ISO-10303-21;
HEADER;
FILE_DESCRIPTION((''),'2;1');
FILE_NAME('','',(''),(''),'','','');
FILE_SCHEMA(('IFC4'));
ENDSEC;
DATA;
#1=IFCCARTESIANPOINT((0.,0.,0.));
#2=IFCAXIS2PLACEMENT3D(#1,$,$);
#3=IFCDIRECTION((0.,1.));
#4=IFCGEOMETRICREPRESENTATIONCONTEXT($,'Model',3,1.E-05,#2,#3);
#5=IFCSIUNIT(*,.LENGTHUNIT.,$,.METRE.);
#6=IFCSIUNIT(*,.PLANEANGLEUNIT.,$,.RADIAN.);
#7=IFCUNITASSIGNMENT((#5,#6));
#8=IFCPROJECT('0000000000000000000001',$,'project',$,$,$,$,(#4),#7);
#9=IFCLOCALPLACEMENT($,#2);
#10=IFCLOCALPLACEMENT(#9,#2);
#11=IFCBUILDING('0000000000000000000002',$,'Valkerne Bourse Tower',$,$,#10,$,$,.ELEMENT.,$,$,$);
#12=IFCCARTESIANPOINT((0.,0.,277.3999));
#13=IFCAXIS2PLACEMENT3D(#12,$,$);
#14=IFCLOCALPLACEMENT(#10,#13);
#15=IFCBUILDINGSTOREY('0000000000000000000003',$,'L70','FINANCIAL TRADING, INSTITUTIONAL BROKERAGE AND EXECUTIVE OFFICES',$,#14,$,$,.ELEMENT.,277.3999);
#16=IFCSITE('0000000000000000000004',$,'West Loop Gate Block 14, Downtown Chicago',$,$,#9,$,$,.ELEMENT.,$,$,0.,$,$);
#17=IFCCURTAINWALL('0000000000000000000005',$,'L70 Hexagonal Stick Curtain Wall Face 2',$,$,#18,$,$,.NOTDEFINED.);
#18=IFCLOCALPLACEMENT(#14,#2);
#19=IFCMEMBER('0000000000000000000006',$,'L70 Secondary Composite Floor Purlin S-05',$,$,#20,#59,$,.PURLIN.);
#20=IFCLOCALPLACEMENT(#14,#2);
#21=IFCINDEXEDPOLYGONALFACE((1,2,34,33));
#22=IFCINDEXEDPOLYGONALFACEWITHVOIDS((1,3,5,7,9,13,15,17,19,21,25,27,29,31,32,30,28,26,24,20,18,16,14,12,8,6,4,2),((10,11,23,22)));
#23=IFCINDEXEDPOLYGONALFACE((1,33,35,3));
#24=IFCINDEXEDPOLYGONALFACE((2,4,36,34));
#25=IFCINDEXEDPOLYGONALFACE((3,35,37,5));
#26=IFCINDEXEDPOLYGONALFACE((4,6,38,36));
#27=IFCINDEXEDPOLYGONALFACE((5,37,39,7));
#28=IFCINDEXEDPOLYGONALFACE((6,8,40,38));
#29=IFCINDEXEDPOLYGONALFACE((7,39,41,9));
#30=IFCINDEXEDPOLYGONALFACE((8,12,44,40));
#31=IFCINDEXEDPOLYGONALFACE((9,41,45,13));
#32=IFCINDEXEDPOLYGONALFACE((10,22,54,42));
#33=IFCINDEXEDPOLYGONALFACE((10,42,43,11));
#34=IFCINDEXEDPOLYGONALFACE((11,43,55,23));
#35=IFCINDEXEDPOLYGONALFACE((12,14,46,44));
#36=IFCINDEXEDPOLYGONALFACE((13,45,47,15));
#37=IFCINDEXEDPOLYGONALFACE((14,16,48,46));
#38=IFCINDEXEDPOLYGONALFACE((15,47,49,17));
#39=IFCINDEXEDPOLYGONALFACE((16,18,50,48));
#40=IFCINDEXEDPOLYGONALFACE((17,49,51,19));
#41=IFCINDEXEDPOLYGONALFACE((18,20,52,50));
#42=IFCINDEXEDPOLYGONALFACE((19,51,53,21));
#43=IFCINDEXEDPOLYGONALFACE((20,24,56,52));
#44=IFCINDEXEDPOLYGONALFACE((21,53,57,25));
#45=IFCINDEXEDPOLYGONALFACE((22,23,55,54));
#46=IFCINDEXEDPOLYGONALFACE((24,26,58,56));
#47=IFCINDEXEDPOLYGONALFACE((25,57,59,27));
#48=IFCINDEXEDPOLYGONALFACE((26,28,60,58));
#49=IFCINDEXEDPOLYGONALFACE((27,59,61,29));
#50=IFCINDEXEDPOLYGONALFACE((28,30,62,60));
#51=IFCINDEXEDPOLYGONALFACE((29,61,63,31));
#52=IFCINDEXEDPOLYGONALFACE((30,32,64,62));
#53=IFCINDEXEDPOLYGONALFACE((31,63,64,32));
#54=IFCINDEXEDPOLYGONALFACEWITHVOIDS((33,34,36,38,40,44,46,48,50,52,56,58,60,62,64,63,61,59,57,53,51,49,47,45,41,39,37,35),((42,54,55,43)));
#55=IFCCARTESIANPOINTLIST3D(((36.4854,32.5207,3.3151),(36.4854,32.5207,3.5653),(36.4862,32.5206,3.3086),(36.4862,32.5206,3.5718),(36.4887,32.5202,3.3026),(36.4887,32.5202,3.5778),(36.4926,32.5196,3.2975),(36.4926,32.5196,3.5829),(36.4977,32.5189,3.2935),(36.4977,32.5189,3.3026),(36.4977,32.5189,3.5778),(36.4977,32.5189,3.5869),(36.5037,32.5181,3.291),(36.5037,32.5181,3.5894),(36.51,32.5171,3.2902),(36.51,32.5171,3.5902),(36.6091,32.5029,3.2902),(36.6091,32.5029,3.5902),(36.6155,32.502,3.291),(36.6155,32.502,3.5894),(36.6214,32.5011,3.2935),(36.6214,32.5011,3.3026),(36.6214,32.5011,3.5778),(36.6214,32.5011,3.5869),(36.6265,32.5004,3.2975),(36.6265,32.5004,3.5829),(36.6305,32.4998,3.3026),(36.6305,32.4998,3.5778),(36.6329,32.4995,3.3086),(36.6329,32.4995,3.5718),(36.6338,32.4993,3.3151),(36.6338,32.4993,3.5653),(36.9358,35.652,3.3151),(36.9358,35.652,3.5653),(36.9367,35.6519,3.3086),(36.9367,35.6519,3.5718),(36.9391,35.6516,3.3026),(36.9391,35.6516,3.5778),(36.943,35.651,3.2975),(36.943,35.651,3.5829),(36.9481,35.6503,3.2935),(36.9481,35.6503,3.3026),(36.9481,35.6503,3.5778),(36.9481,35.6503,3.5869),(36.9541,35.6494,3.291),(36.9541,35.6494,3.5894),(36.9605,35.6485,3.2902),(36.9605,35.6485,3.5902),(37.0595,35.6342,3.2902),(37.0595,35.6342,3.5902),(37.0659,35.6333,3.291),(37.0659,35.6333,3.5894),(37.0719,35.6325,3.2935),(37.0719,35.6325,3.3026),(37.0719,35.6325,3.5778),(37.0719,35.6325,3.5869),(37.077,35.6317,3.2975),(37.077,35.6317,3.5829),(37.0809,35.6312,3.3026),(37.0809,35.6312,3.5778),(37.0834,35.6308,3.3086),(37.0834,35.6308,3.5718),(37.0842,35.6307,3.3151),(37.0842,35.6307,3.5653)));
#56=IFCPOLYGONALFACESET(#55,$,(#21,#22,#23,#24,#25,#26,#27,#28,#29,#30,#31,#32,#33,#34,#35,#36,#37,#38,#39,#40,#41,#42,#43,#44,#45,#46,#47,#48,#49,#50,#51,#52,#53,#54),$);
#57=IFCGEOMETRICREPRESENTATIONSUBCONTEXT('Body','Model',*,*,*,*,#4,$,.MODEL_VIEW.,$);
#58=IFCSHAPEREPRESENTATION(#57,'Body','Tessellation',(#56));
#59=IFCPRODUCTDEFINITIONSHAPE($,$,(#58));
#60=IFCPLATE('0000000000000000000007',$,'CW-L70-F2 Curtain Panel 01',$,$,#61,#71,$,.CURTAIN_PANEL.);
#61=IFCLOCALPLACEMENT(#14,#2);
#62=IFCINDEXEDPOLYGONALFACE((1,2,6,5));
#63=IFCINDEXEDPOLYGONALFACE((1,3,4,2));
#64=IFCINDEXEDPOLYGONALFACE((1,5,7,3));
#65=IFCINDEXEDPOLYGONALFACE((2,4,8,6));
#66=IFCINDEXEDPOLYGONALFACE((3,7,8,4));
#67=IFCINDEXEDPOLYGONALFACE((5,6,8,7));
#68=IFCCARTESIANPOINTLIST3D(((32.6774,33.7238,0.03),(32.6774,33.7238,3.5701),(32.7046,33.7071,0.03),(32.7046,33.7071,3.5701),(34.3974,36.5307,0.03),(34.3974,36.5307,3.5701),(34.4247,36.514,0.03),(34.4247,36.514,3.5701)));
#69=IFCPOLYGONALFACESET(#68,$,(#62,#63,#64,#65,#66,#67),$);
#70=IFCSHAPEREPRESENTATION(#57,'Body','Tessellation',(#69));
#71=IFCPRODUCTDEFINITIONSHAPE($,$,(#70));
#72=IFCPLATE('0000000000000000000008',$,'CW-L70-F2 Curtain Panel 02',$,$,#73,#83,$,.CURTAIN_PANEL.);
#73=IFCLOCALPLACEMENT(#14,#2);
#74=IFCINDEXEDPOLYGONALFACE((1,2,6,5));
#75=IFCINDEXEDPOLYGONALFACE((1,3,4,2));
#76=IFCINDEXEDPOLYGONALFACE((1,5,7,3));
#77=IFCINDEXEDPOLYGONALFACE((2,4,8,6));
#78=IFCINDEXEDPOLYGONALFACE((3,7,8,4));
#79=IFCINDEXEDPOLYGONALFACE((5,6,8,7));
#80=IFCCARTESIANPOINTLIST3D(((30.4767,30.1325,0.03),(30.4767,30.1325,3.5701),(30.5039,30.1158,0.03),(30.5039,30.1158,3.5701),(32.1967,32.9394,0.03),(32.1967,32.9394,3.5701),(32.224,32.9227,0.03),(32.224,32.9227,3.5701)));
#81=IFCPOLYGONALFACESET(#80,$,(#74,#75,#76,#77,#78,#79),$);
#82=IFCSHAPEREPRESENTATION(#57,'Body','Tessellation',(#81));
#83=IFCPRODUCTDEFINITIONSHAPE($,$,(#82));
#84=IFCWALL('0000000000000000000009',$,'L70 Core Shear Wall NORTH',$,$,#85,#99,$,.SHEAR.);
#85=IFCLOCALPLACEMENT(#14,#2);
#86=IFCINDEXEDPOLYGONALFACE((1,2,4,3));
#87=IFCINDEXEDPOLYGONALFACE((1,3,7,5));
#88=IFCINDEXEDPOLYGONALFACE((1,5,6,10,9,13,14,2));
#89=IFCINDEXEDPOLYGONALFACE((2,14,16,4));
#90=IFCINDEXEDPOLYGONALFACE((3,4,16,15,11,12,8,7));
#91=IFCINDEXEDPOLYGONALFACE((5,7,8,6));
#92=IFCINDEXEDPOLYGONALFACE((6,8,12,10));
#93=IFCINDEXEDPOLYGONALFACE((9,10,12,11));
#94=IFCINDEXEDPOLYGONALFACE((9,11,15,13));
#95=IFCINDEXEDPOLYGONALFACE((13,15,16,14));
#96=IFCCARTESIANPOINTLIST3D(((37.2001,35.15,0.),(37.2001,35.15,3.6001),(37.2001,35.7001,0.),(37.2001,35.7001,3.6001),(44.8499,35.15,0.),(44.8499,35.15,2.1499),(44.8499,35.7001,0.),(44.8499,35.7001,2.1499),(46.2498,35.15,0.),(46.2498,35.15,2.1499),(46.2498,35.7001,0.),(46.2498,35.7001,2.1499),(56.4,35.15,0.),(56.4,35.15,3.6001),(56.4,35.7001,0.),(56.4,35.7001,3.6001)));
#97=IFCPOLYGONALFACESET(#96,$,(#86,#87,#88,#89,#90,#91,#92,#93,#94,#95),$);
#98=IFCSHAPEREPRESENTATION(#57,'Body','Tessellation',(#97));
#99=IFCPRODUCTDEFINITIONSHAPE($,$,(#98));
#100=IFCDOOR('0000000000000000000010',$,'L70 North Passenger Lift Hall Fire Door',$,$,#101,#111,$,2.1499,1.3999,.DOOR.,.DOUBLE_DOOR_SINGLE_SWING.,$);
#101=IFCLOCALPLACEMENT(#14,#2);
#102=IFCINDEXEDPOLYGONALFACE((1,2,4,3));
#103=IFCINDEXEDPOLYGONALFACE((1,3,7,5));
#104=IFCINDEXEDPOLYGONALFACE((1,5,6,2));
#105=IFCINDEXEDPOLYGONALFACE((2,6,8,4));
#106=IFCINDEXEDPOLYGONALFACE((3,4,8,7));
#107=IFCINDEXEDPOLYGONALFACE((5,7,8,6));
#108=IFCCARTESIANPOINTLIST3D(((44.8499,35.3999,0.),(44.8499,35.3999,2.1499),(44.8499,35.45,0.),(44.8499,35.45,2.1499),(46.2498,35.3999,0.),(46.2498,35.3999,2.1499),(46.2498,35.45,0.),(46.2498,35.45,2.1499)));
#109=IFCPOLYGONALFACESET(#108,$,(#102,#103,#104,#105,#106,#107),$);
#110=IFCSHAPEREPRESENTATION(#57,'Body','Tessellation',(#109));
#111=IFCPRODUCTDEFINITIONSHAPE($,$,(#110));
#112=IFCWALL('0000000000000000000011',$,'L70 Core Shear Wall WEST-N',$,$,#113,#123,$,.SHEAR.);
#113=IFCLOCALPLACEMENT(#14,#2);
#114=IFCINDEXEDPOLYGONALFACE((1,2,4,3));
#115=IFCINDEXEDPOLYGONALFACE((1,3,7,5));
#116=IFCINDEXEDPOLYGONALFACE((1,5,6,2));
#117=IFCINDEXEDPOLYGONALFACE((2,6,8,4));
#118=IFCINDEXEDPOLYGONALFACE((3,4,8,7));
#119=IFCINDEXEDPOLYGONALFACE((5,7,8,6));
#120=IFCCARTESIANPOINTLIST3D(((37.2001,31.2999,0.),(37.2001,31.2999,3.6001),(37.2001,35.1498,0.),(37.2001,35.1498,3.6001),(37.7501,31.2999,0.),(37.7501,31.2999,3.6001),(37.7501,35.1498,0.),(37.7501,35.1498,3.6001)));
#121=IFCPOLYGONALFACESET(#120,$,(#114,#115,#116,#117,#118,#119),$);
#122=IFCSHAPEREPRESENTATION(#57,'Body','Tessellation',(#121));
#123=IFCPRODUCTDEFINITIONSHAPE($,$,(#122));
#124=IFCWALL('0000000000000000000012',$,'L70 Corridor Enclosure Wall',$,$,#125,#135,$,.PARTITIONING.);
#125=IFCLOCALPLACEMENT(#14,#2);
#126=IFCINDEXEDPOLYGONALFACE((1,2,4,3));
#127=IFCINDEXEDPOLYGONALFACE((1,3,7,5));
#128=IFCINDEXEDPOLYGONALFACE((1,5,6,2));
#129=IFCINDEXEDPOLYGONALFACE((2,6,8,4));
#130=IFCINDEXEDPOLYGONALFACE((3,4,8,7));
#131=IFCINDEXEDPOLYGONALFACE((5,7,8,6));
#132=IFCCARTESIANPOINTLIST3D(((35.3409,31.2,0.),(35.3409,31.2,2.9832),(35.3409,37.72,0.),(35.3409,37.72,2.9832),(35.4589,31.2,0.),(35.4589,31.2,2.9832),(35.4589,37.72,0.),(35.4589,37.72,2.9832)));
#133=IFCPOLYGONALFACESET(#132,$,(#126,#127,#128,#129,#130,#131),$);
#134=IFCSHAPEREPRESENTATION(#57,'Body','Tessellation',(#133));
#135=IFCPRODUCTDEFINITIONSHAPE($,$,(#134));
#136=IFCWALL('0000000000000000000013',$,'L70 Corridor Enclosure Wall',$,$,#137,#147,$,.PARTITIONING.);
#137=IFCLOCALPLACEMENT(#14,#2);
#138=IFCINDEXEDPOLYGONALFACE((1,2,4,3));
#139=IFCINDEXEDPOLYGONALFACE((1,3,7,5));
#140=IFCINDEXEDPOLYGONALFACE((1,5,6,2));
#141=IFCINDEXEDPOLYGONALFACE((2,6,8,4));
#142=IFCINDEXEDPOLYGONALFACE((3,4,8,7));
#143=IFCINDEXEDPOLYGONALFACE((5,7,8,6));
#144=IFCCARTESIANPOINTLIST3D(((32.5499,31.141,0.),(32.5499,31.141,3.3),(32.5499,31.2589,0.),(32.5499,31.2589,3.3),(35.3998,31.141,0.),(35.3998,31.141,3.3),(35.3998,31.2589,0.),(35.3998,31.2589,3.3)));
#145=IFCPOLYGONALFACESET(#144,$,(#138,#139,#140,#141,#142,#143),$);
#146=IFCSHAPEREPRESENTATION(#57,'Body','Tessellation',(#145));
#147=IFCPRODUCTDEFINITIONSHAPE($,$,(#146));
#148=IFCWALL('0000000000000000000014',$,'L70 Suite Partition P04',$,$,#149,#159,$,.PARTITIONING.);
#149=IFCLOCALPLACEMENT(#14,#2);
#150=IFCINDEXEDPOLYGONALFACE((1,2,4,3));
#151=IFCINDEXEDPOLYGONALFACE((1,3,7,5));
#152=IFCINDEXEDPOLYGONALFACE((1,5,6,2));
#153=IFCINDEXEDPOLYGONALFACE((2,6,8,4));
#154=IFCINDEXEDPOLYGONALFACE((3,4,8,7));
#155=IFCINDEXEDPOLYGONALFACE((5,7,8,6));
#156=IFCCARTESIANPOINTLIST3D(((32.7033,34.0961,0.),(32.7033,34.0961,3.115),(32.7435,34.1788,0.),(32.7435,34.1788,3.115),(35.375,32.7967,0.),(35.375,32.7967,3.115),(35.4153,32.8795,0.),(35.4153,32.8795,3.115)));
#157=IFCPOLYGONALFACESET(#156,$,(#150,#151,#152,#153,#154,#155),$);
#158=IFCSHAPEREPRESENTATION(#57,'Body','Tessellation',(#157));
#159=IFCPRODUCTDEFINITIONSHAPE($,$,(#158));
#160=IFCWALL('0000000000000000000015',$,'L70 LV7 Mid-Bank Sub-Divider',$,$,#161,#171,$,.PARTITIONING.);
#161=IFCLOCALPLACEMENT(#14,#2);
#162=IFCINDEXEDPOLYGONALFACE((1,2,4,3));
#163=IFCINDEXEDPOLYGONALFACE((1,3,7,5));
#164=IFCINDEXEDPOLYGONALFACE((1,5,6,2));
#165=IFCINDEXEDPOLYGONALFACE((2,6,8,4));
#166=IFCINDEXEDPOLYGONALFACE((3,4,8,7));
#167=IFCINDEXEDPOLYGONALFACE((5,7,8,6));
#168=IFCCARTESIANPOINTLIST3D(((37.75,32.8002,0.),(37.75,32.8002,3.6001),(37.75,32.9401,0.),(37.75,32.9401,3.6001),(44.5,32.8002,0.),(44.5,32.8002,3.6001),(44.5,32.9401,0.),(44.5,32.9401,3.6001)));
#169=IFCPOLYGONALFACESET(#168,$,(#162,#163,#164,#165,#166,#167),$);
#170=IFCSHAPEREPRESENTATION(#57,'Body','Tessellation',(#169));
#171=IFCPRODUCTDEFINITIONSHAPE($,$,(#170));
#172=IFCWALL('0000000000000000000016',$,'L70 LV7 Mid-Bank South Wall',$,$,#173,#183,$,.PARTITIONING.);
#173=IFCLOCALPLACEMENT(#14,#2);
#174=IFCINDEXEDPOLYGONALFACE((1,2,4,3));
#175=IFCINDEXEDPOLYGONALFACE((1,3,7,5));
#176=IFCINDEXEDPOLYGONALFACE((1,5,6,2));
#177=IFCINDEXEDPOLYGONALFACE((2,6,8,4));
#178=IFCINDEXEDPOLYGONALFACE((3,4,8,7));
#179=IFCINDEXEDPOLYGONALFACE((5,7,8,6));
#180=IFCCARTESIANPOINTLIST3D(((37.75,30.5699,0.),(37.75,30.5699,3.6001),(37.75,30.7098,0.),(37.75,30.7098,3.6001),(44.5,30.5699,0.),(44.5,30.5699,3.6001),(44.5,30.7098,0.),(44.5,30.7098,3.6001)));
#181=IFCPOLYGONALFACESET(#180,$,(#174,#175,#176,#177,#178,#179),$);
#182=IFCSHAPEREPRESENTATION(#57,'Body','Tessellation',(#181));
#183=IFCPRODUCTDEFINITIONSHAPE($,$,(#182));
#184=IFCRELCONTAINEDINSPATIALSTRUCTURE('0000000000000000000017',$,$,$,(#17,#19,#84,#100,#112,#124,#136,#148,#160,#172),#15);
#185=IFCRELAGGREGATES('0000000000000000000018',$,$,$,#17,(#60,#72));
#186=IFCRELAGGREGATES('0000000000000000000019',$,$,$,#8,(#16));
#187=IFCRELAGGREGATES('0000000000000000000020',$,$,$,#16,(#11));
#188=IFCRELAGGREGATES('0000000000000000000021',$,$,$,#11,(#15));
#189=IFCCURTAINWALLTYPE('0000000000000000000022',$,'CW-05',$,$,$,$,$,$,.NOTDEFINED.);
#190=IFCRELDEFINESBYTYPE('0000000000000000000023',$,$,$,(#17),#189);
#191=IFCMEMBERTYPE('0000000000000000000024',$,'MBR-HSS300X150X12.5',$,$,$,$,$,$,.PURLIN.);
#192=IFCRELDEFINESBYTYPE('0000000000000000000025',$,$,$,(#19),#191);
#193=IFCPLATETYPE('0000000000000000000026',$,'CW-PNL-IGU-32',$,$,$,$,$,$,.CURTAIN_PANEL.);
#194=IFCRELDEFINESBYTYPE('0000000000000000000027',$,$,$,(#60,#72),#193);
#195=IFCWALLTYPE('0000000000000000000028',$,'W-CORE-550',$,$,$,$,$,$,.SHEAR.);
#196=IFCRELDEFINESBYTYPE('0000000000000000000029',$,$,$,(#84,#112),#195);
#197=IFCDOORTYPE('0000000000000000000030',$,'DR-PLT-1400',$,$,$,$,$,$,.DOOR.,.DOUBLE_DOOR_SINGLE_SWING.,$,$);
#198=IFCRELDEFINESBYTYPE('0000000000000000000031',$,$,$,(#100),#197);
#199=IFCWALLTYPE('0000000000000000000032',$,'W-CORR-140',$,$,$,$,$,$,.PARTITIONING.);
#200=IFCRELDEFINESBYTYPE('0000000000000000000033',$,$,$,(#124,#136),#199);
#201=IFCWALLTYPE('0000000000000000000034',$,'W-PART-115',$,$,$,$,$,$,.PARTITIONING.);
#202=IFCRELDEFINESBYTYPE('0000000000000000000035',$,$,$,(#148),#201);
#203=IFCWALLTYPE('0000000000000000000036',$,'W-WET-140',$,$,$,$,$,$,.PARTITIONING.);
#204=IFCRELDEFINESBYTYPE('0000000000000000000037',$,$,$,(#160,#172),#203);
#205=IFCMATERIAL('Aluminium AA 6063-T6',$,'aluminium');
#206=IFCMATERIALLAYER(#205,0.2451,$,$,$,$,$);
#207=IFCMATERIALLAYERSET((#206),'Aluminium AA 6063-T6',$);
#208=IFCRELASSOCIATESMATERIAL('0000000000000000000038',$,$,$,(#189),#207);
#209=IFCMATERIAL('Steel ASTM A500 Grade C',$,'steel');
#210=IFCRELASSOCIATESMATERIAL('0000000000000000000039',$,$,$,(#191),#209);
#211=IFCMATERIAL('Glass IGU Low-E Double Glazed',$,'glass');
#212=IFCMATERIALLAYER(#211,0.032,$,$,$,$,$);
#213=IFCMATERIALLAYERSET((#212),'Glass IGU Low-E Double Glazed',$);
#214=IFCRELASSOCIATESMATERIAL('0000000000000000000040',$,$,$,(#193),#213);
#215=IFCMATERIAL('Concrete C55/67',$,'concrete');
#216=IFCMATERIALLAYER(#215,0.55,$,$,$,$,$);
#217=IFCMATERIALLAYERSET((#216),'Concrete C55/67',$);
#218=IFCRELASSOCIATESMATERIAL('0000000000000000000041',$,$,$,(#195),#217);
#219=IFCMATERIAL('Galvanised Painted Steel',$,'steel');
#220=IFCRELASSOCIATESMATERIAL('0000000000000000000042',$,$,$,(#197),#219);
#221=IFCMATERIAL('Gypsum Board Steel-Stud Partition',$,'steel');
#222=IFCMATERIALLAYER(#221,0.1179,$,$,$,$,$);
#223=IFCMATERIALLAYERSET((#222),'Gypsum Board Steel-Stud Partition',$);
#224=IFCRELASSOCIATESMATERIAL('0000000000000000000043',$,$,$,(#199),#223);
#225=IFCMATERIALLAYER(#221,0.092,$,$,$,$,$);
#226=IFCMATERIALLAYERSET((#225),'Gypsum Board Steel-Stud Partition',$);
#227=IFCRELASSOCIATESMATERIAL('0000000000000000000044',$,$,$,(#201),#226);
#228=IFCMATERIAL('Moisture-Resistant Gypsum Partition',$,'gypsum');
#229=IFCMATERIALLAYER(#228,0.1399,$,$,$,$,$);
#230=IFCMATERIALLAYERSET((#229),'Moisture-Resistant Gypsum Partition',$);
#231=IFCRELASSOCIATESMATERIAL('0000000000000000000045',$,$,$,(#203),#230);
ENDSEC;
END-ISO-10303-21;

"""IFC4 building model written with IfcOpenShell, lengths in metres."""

from ifc_helpers import new_model, si_unit, direction, frame, frame_2d, origin, origin_2d, place, context, subcontext, project, spatial, rectangle, hollow_rectangle, extrude, material, layer, layer_set, material_profile, profile_set, type_object, element, fill, aggregate, save


model = new_model("IFC4")

# Units and contexts
model_context = context("Model", 3, precision=1e-05, world=origin(), true_north=direction((0.0, 1.0)))
body_context = subcontext(model_context, "Body", "Model", "MODEL_VIEW")
ifc_project = project(units=[si_unit("LENGTHUNIT", "METRE"), si_unit("PLANEANGLEUNIT", "RADIAN")], contexts=[model_context])

# Site, building, storey
site_placement = place(None, origin())
site = spatial("IfcSite", under=ifc_project, at=site_placement, Name="West Loop Gate Block 14, Downtown Chicago", CompositionType="ELEMENT", RefElevation=0.0)
building_placement = place(site_placement, origin())
building = spatial("IfcBuilding", under=site, at=building_placement, Name="Valkerne Bourse Tower", CompositionType="ELEMENT")
storey_placement = place(building_placement, frame((0.0, 0.0, 277.3999)))
storey = spatial("IfcBuildingStorey", under=building, at=storey_placement, Name="L70", Description="FINANCIAL TRADING, INSTITUTIONAL BROKERAGE AND EXECUTIVE OFFICES", CompositionType="ELEMENT", Elevation=277.3999)

# Curtain wall
ifc_material_1 = material(Name="Aluminium AA 6063-T6", Category="aluminium")
ifc_layer_1 = layer(ifc_material_1, 0.2451)
ifc_layer_set_1 = layer_set([ifc_layer_1], Name="Aluminium AA 6063-T6")
curtain_wall_type = type_object("IfcCurtainWallType", Name="CW-05", PredefinedType="NOTDEFINED", material=ifc_layer_set_1)
curtain_wall_placement = place(storey_placement, origin())
curtain_wall = element("IfcCurtainWall", 1, at=curtain_wall_placement, inside=storey, type_object=curtain_wall_type, Name="L70 Hexagonal Stick Curtain Wall Face 2", PredefinedType="NOTDEFINED")

# Member
ifc_material_2 = material(Name="Steel ASTM A500 Grade C", Category="steel")
ifc_material_profile_1 = material_profile(ifc_material_2, hollow_rectangle(XDim=0.1499, YDim=0.3, WallThickness=0.0125, OuterFilletRadius=0.0249, at=origin_2d()), Name="HSS300X150X12.5")
ifc_profile_set_1 = profile_set([ifc_material_profile_1], Name="Steel ASTM A500 Grade C")
member_type_1 = type_object("IfcMemberType", Name="MBR-HSS300X150X12.5", PredefinedType="PURLIN", material=ifc_profile_set_1)
member_1_placement = place(storey_placement, frame((37.01, 35.6414, 3.4402), z_axis=(-0.142383, -0.989812, 0.0), x_axis=(0.989812, -0.142383, 0.0)))
element("IfcMember", 2, at=member_1_placement, inside=storey, type_object=member_type_1, Name="L70 Secondary Composite Floor Purlin S-05", PredefinedType="PURLIN", context=body_context, shape_type="SweptSolid", body=[
    extrude(hollow_rectangle(XDim=0.1499, YDim=0.3, WallThickness=0.0125, OuterFilletRadius=0.0249, at=origin_2d()), origin(), (0.0, 0.0, 1.0), 3.1636),
])

# Plates
ifc_material_3 = material(Name="Glass IGU Low-E Double Glazed", Category="glass")
ifc_layer_2 = layer(ifc_material_3, 0.032)
ifc_layer_set_2 = layer_set([ifc_layer_2], Name="Glass IGU Low-E Double Glazed")
plate_type = type_object("IfcPlateType", Name="CW-PNL-IGU-32", PredefinedType="CURTAIN_PANEL", material=ifc_layer_set_2)
plate_1_placement = place(storey_placement, frame((33.551, 35.1189, 0.03), z_axis=(0.0, 0.0, 1.0), x_axis=(-0.52249, -0.852646, 0.0)))
plate_1 = element("IfcPlate", 3, at=plate_1_placement, type_object=plate_type, Name="CW-L70-F2 Curtain Panel 01", PredefinedType="CURTAIN_PANEL", context=body_context, shape_type="SweptSolid", body=[
    extrude(rectangle(XDim=3.292, YDim=0.032, at=origin_2d()), origin(), (0.0, 0.0, 1.0), 3.54),
])
plate_2_placement = place(storey_placement, frame((31.3503, 31.5276, 0.03), z_axis=(0.0, 0.0, 1.0), x_axis=(-0.522496, -0.852642, 0.0)))
plate_2 = element("IfcPlate", 4, at=plate_2_placement, type_object=plate_type, Name="CW-L70-F2 Curtain Panel 02", PredefinedType="CURTAIN_PANEL", context=body_context, shape_type="SweptSolid", body=[
    extrude(rectangle(XDim=3.292, YDim=0.032, at=origin_2d()), origin(), (0.0, 0.0, 1.0), 3.54),
])
aggregate(curtain_wall, [plate_1, plate_2])

# Wall, opening, door
ifc_material_4 = material(Name="Concrete C55/67", Category="concrete")
ifc_layer_3 = layer(ifc_material_4, 0.55)
ifc_layer_set_3 = layer_set([ifc_layer_3], Name="Concrete C55/67")
wall_type_1 = type_object("IfcWallType", Name="W-CORE-550", PredefinedType="SHEAR", material=ifc_layer_set_3)
wall_1_placement = place(storey_placement, frame((37.2, 35.425, 0.0), z_axis=(0.0, 0.0, 1.0), x_axis=(1.0, 0.0, 0.0)))
wall_1 = element("IfcWall", 5, at=wall_1_placement, inside=storey, type_object=wall_type_1, Name="L70 Core Shear Wall NORTH", PredefinedType="SHEAR", context=body_context, shape_type="SweptSolid", body=[
    extrude(rectangle(XDim=19.2, YDim=0.55, at=frame_2d((9.6001, 0.0))), origin(), (0.0, 0.0, 1.0), 3.6001),
])
opening_placement = place(wall_1_placement, frame((7.6499, 0.0, 0.0)))
opening = element("IfcOpeningElement", 6, at=opening_placement, cuts=wall_1, PredefinedType="OPENING", context=body_context, shape_type="SweptSolid", body=[
    extrude(rectangle(XDim=1.3999, YDim=2.1499, at=frame_2d((0.7, 1.075))), frame((0.0, 0.2849, 0.0), z_axis=(0.0, -1.0, 0.0), x_axis=(1.0, 0.0, 0.0)), (0.0, 0.0, 1.0), 0.5701),
])
ifc_material_5 = material(Name="Galvanised Painted Steel", Category="steel")
door_type = type_object("IfcDoorType", Name="DR-PLT-1400", OperationType="DOUBLE_DOOR_SINGLE_SWING", PredefinedType="DOOR", material=ifc_material_5)
door_placement = place(opening_placement, origin())
door = element("IfcDoor", 7, at=door_placement, inside=storey, type_object=door_type, Name="L70 North Passenger Lift Hall Fire Door", OperationType="DOUBLE_DOOR_SINGLE_SWING", OverallHeight=2.1499, OverallWidth=1.3999, PredefinedType="DOOR", context=body_context, shape_type="SweptSolid", body=[
    extrude(rectangle(XDim=1.3999, YDim=2.1499, at=frame_2d((0.7, 1.075))), frame((0.0, 0.0249, 0.0), z_axis=(0.0, -1.0, 0.0), x_axis=(1.0, 0.0, 0.0)), (0.0, 0.0, 1.0), 0.05),
])
fill(opening, door)

# Walls
wall_2_placement = place(storey_placement, frame((37.4751, 31.3, 0.0), z_axis=(0.0, 0.0, 1.0), x_axis=(0.0, 1.0, 0.0)))
element("IfcWall", 8, at=wall_2_placement, inside=storey, type_object=wall_type_1, Name="L70 Core Shear Wall WEST-N", PredefinedType="SHEAR", context=body_context, shape_type="SweptSolid", body=[
    extrude(rectangle(XDim=3.8499, YDim=0.55, at=frame_2d((1.9248, 0.0))), origin(), (0.0, 0.0, 1.0), 3.6001),
])
ifc_material_6 = material(Name="Gypsum Board Steel-Stud Partition", Category="steel")
ifc_layer_4 = layer(ifc_material_6, 0.1179)
ifc_layer_set_4 = layer_set([ifc_layer_4], Name="Gypsum Board Steel-Stud Partition")
wall_type_2 = type_object("IfcWallType", Name="W-CORR-140", PredefinedType="PARTITIONING", material=ifc_layer_set_4)
wall_3_placement = place(storey_placement, frame((35.3999, 31.2, 0.0), z_axis=(0.0, 0.0, 1.0), x_axis=(0.0, 1.0, 0.0)))
element("IfcWall", 9, at=wall_3_placement, inside=storey, type_object=wall_type_2, Name="L70 Corridor Enclosure Wall", PredefinedType="PARTITIONING", context=body_context, shape_type="SweptSolid", body=[
    extrude(rectangle(XDim=6.52, YDim=0.1179, at=frame_2d((3.26, 0.0))), origin(), (0.0, 0.0, 1.0), 2.9832),
])
wall_4_placement = place(storey_placement, frame((32.55, 31.2, 0.0), z_axis=(0.0, 0.0, 1.0), x_axis=(1.0, 0.0, 0.0)))
element("IfcWall", 10, at=wall_4_placement, inside=storey, type_object=wall_type_2, Name="L70 Corridor Enclosure Wall", PredefinedType="PARTITIONING", context=body_context, shape_type="SweptSolid", body=[
    extrude(rectangle(XDim=2.8499, YDim=0.1179, at=frame_2d((1.4248, 0.0))), origin(), (0.0, 0.0, 1.0), 3.3),
])
ifc_layer_5 = layer(ifc_material_6, 0.092)
ifc_layer_set_5 = layer_set([ifc_layer_5], Name="Gypsum Board Steel-Stud Partition")
wall_type_3 = type_object("IfcWallType", Name="W-PART-115", PredefinedType="PARTITIONING", material=ifc_layer_set_5)
wall_5_placement = place(storey_placement, frame((35.395, 32.8381, 0.0), z_axis=(0.0, 0.0, 1.0), x_axis=(-0.899288, 0.437358, 0.0)))
element("IfcWall", 11, at=wall_5_placement, inside=storey, type_object=wall_type_3, Name="L70 Suite Partition P04", PredefinedType="PARTITIONING", context=body_context, shape_type="SweptSolid", body=[
    extrude(rectangle(XDim=2.9709, YDim=0.092, at=frame_2d((1.4854, 0.0))), origin(), (0.0, 0.0, 1.0), 3.115),
])
ifc_material_7 = material(Name="Moisture-Resistant Gypsum Partition", Category="gypsum")
ifc_layer_6 = layer(ifc_material_7, 0.1399)
ifc_layer_set_6 = layer_set([ifc_layer_6], Name="Moisture-Resistant Gypsum Partition")
wall_type_4 = type_object("IfcWallType", Name="W-WET-140", PredefinedType="PARTITIONING", material=ifc_layer_set_6)
for number, where, z_axis, x_axis, name in (
    (12, (37.75, 32.8701, 0.0), (0.0, 0.0, 1.0), (1.0, 0.0, 0.0), "L70 LV7 Mid-Bank Sub-Divider"),
    (13, (37.75, 30.6399, 0.0), (0.0, 0.0, 1.0), (1.0, 0.0, 0.0), "L70 LV7 Mid-Bank South Wall"),
):
    element("IfcWall", number, at=place(storey_placement, frame(where, z_axis=z_axis, x_axis=x_axis)), inside=storey, type_object=wall_type_4, Name=name, PredefinedType="PARTITIONING", context=body_context, shape_type="SweptSolid", body=[
        extrude(rectangle(XDim=6.75, YDim=0.1399, at=frame_2d((3.375, 0.0))), origin(), (0.0, 0.0, 1.0), 3.6001),
    ])

save(model, "model.ifc")
